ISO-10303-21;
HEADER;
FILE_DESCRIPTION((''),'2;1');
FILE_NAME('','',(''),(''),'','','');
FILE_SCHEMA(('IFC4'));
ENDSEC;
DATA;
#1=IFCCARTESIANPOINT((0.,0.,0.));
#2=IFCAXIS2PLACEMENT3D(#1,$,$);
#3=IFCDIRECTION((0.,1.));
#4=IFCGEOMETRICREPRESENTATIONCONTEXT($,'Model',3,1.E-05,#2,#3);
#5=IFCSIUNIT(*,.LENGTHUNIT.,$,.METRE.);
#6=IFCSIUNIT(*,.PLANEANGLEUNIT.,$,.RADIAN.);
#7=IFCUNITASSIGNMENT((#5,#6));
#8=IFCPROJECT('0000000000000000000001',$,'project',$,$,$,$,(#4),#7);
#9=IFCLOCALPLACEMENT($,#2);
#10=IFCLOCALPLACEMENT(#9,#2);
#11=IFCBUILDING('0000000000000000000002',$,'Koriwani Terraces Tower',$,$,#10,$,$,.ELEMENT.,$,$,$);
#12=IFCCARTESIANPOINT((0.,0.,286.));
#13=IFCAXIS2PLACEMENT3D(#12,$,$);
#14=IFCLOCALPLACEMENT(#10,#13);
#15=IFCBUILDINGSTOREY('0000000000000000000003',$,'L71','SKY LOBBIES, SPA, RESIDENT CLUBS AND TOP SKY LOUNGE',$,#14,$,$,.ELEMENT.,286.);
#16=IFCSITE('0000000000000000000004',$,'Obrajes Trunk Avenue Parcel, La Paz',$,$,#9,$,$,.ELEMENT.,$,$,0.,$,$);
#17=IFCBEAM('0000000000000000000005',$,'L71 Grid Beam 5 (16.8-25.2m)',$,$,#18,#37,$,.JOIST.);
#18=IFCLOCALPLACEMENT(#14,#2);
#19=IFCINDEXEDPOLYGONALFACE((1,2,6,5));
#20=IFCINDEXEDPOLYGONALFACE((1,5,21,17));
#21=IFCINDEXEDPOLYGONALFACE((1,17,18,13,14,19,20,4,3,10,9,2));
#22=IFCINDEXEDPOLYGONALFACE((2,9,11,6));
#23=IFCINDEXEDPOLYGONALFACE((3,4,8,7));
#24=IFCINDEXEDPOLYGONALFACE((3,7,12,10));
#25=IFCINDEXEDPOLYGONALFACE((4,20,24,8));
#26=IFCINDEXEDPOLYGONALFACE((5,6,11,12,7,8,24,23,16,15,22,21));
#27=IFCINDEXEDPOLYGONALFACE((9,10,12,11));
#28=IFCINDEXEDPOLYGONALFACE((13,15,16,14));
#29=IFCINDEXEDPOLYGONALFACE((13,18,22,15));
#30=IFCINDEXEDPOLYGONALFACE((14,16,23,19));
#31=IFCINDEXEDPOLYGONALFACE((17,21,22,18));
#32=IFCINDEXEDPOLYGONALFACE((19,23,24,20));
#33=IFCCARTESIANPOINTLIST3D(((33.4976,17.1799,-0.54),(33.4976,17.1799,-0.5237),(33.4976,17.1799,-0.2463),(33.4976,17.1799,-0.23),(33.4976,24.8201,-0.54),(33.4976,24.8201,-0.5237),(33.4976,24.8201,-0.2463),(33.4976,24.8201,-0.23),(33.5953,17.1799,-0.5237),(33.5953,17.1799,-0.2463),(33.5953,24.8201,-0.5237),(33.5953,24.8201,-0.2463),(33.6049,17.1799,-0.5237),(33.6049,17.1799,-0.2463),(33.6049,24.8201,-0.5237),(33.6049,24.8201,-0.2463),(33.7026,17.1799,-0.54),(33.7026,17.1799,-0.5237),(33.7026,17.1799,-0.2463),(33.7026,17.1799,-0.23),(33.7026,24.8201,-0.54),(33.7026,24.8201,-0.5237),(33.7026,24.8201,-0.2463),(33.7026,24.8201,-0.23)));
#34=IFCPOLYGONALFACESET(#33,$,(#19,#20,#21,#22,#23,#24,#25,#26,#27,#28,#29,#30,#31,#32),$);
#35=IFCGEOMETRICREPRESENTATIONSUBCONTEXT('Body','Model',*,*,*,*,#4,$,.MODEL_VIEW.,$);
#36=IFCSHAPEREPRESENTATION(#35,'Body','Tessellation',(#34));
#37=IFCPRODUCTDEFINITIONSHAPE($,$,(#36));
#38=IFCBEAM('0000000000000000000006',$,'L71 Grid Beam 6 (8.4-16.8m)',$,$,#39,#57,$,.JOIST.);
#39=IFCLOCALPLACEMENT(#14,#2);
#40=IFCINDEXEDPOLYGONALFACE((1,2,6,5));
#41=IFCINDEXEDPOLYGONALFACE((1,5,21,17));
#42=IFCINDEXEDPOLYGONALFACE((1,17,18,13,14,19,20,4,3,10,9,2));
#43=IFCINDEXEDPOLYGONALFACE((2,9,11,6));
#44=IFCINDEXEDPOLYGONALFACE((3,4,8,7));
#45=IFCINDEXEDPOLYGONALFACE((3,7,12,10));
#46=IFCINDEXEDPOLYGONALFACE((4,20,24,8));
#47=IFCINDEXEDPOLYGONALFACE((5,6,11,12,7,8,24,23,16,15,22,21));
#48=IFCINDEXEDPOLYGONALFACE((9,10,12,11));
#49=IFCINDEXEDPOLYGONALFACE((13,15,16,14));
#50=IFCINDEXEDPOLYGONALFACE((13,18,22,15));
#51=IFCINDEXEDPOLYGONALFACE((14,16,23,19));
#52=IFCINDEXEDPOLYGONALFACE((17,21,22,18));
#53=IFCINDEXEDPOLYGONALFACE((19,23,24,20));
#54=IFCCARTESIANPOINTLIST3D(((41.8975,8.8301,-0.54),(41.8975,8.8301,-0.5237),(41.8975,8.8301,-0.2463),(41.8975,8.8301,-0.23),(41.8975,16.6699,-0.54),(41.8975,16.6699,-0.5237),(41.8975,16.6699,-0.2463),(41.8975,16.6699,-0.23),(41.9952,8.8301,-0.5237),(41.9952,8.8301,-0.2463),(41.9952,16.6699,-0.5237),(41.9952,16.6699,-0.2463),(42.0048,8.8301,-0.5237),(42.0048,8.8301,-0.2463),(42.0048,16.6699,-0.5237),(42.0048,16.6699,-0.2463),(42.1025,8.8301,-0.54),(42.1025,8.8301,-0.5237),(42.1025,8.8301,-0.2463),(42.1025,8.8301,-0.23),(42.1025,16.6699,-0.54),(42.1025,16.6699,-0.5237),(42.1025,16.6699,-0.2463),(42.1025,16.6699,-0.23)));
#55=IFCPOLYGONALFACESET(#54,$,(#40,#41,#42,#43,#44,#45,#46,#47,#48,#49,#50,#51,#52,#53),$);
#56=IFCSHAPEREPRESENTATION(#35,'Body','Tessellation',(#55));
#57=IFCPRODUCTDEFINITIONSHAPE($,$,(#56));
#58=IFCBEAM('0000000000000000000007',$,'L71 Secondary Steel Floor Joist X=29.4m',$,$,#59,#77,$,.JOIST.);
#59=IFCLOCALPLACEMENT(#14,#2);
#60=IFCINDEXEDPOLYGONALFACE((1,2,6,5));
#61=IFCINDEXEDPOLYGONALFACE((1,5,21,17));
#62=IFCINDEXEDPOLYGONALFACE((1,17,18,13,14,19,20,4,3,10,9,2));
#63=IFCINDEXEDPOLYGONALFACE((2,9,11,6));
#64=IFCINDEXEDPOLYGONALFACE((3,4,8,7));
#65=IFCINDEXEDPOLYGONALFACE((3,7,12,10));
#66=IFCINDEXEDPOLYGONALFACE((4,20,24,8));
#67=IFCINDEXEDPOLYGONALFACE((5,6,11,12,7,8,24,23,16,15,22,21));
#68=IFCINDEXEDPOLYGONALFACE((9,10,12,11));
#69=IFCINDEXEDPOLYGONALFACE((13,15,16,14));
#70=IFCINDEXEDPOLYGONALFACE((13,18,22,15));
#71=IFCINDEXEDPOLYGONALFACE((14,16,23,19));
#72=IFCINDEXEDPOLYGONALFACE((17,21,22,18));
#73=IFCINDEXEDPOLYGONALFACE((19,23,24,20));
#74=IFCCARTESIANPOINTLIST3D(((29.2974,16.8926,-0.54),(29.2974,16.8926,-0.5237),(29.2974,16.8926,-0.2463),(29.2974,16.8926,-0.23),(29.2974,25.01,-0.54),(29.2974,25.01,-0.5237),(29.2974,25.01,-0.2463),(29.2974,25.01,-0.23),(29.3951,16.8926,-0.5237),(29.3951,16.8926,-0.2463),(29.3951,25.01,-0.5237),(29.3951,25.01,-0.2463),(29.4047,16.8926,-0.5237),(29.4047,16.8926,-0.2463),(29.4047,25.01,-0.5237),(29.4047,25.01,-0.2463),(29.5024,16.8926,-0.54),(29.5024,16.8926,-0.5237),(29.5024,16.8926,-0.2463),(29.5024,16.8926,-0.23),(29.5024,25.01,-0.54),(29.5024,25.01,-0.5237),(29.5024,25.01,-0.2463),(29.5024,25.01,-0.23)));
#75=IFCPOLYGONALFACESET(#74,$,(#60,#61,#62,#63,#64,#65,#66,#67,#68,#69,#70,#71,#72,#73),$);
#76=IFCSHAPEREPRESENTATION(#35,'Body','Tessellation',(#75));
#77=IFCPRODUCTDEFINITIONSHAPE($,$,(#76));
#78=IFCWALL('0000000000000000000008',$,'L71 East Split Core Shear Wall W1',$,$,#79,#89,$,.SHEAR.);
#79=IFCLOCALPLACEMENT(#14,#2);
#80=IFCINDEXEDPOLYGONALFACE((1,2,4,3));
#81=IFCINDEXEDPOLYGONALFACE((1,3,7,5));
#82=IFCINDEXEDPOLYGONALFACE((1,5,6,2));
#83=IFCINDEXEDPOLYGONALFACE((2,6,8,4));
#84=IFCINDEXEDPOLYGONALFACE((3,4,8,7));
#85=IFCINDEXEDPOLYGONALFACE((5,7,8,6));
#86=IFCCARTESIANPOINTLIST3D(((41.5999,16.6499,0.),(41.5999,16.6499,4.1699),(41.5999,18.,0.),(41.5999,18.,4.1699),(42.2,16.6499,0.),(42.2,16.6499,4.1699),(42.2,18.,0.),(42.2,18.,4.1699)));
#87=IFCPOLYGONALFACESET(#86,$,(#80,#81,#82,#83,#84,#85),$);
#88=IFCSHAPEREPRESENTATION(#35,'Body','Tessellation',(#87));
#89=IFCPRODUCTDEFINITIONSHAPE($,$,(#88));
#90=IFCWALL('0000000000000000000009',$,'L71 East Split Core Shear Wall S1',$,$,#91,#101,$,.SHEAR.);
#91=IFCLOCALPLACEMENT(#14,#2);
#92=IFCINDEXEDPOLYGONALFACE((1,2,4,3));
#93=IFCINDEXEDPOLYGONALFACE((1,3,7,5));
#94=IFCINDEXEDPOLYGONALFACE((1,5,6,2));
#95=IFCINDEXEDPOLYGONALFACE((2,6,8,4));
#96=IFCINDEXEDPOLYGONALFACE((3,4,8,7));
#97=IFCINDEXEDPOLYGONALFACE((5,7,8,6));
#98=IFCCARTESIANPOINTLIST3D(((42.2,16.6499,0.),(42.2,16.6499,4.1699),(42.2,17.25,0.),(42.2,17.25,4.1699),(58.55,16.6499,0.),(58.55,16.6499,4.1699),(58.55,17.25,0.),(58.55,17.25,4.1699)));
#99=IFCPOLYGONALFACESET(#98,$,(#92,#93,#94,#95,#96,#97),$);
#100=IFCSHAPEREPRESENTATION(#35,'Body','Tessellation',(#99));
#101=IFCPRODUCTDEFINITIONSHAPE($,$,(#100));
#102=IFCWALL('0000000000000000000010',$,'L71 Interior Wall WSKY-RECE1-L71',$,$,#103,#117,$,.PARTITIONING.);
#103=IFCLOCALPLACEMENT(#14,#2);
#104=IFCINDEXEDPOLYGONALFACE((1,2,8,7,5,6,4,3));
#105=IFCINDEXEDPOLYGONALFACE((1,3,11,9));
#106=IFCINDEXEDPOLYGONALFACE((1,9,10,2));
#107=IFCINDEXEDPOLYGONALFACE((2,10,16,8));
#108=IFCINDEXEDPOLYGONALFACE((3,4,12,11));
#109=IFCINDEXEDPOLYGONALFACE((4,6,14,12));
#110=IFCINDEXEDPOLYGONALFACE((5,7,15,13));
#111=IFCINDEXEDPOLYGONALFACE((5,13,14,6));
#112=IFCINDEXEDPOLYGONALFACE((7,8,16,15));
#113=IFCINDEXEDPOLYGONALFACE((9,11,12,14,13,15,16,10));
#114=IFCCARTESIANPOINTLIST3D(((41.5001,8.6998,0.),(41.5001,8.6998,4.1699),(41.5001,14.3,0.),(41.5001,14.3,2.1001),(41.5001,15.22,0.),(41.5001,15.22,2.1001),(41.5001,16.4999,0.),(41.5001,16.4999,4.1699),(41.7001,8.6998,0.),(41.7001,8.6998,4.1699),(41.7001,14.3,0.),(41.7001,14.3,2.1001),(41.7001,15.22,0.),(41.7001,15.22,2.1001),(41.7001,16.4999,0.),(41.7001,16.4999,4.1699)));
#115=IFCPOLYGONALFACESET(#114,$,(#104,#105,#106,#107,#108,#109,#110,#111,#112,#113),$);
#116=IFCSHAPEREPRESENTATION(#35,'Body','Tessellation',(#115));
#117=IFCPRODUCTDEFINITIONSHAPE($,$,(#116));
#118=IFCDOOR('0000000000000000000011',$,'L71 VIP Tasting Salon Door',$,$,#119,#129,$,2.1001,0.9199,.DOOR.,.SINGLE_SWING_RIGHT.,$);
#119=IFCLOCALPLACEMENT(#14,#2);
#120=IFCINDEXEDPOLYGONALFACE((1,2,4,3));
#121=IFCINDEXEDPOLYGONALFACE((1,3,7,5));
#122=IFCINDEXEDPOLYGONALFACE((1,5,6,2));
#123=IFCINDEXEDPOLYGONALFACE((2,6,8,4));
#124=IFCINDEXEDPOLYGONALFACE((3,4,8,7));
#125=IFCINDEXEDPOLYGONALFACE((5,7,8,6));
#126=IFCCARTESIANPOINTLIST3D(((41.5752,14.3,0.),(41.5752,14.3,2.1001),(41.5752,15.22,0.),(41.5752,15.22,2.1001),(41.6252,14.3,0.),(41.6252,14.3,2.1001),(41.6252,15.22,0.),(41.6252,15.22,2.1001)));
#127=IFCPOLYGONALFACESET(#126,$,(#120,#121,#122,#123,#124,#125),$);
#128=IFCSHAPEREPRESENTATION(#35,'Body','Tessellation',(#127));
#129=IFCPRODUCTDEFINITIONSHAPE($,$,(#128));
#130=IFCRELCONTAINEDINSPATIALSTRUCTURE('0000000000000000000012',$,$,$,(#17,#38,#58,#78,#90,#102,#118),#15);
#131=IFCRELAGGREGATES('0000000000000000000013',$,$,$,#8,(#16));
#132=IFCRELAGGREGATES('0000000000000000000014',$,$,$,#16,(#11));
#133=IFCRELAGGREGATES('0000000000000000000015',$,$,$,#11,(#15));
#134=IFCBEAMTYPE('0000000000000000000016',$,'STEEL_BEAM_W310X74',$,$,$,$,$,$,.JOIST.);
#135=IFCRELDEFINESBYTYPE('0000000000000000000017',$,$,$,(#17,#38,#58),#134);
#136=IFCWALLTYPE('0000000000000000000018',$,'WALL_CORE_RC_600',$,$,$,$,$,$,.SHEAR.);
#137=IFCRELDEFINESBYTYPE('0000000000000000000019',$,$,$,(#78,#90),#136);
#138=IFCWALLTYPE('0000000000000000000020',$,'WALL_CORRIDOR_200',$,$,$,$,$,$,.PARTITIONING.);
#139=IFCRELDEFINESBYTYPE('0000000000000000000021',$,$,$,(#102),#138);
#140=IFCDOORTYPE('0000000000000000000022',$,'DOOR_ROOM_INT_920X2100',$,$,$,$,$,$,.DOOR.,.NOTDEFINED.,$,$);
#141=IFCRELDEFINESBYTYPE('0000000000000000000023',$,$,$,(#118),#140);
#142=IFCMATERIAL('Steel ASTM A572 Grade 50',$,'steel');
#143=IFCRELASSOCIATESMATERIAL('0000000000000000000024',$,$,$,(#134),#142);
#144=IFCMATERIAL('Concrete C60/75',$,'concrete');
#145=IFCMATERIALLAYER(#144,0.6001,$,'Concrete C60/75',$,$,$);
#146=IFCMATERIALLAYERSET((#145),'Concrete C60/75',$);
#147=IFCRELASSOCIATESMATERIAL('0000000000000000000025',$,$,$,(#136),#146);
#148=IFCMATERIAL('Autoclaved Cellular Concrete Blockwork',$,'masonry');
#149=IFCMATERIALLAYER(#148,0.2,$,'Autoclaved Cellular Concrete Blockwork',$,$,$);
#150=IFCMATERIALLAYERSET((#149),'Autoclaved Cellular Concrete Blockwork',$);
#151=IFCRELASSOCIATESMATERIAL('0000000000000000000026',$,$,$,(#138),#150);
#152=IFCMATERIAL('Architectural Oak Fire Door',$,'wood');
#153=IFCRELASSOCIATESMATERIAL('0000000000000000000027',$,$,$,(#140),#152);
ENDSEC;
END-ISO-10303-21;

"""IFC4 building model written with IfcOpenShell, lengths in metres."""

from ifc_helpers import new_model, si_unit, direction, frame, frame_2d, origin, origin_2d, place, context, subcontext, project, spatial, rectangle, i_section, extrude, material, layer, layer_set, material_profile, profile_set, type_object, element, fill, save


model = new_model("IFC4")

# Units and contexts
model_context = context("Model", 3, precision=1e-05, world=origin(), true_north=direction((0.0, 1.0)))
body_context = subcontext(model_context, "Body", "Model", "MODEL_VIEW")
ifc_project = project(units=[si_unit("LENGTHUNIT", "METRE"), si_unit("PLANEANGLEUNIT", "RADIAN")], contexts=[model_context])

# Site, building, storey
site_placement = place(None, origin())
site = spatial("IfcSite", under=ifc_project, at=site_placement, Name="Obrajes Trunk Avenue Parcel, La Paz", CompositionType="ELEMENT", RefElevation=0.0)
building_placement = place(site_placement, origin())
building = spatial("IfcBuilding", under=site, at=building_placement, Name="Koriwani Terraces Tower", CompositionType="ELEMENT")
storey_placement = place(building_placement, frame((0.0, 0.0, 286.0)))
storey = spatial("IfcBuildingStorey", under=building, at=storey_placement, Name="L71", Description="SKY LOBBIES, SPA, RESIDENT CLUBS AND TOP SKY LOUNGE", CompositionType="ELEMENT", Elevation=286.0)

# Beams
ifc_material_1 = material(Name="Steel ASTM A572 Grade 50", Category="steel")
ifc_material_profile_1 = material_profile(ifc_material_1, i_section(OverallWidth=0.2051, OverallDepth=0.3101, WebThickness=0.0095, FlangeThickness=0.0164, at=origin_2d()), Name="Steel ASTM A572 Grade 50", Category="LoadBearing")
ifc_profile_set_1 = profile_set([ifc_material_profile_1], Name="Steel ASTM A572 Grade 50")
beam_type_1 = type_object("IfcBeamType", Name="STEEL_BEAM_W310X74", PredefinedType="JOIST", material=ifc_profile_set_1)
beam_1_placement = place(storey_placement, frame((33.6001, 17.1799, -0.385), z_axis=(0.0, 1.0, 0.0), x_axis=(-1.0, 0.0, 0.0)))
element("IfcBeam", 1, at=beam_1_placement, inside=storey, type_object=beam_type_1, Name="L71 Grid Beam 5 (16.8-25.2m)", PredefinedType="JOIST", context=body_context, shape_type="SweptSolid", body=[
    extrude(i_section(OverallWidth=0.2051, OverallDepth=0.3101, WebThickness=0.0095, FlangeThickness=0.0164, at=origin_2d()), origin(), (0.0, 0.0, 1.0), 7.6401),
])
beam_2_placement = place(storey_placement, frame((42.0, 8.8301, -0.385), z_axis=(0.0, 1.0, 0.0), x_axis=(-1.0, 0.0, 0.0)))
element("IfcBeam", 2, at=beam_2_placement, inside=storey, type_object=beam_type_1, Name="L71 Grid Beam 6 (8.4-16.8m)", PredefinedType="JOIST", context=body_context, shape_type="SweptSolid", body=[
    extrude(i_section(OverallWidth=0.2051, OverallDepth=0.3101, WebThickness=0.0095, FlangeThickness=0.0164, at=origin_2d()), origin(), (0.0, 0.0, 1.0), 7.8398),
])
beam_3_placement = place(storey_placement, frame((29.3999, 16.8926, -0.385), z_axis=(0.0, 1.0, 0.0), x_axis=(-1.0, 0.0, 0.0)))
element("IfcBeam", 3, at=beam_3_placement, inside=storey, type_object=beam_type_1, Name="L71 Secondary Steel Floor Joist X=29.4m", PredefinedType="JOIST", context=body_context, shape_type="SweptSolid", body=[
    extrude(i_section(OverallWidth=0.2051, OverallDepth=0.3101, WebThickness=0.0095, FlangeThickness=0.0164, at=origin_2d()), origin(), (0.0, 0.0, 1.0), 8.1174),
])

# Walls
ifc_material_2 = material(Name="Concrete C60/75", Category="concrete")
ifc_layer_1 = layer(ifc_material_2, 0.6001, Name="Concrete C60/75")
ifc_layer_set_1 = layer_set([ifc_layer_1], Name="Concrete C60/75")
wall_type_1 = type_object("IfcWallType", Name="WALL_CORE_RC_600", PredefinedType="SHEAR", material=ifc_layer_set_1)
wall_1_placement = place(storey_placement, frame((41.8999, 16.6499, 0.0), z_axis=(0.0, 0.0, 1.0), x_axis=(0.0, 1.0, 0.0)))
element("IfcWall", 4, at=wall_1_placement, inside=storey, type_object=wall_type_1, Name="L71 East Split Core Shear Wall W1", PredefinedType="SHEAR", context=body_context, shape_type="SweptSolid", body=[
    extrude(rectangle(XDim=1.3501, YDim=0.6001, at=frame_2d((0.675, 0.0))), origin(), (0.0, 0.0, 1.0), 4.1699),
])
wall_2_placement = place(storey_placement, frame((42.2, 16.95, 0.0), z_axis=(0.0, 0.0, 1.0), x_axis=(1.0, 0.0, 0.0)))
element("IfcWall", 5, at=wall_2_placement, inside=storey, type_object=wall_type_1, Name="L71 East Split Core Shear Wall S1", PredefinedType="SHEAR", context=body_context, shape_type="SweptSolid", body=[
    extrude(rectangle(XDim=16.3501, YDim=0.6001, at=frame_2d((8.175, 0.0))), origin(), (0.0, 0.0, 1.0), 4.1699),
])

# Wall, opening, door
ifc_material_3 = material(Name="Autoclaved Cellular Concrete Blockwork", Category="masonry")
ifc_layer_2 = layer(ifc_material_3, 0.2, Name="Autoclaved Cellular Concrete Blockwork")
ifc_layer_set_2 = layer_set([ifc_layer_2], Name="Autoclaved Cellular Concrete Blockwork")
wall_type_2 = type_object("IfcWallType", Name="WALL_CORRIDOR_200", PredefinedType="PARTITIONING", material=ifc_layer_set_2)
wall_3_placement = place(storey_placement, frame((41.6001, 8.7, 0.0), z_axis=(0.0, 0.0, 1.0), x_axis=(0.0, 1.0, 0.0)))
wall_3 = element("IfcWall", 6, at=wall_3_placement, inside=storey, type_object=wall_type_2, Name="L71 Interior Wall WSKY-RECE1-L71", PredefinedType="PARTITIONING", context=body_context, shape_type="SweptSolid", body=[
    extrude(rectangle(XDim=7.8, YDim=0.2, at=frame_2d((3.8999, 0.0))), origin(), (0.0, 0.0, 1.0), 4.1699),
])
opening_placement = place(wall_3_placement, frame((5.6001, 0.0, 0.0)))
opening = element("IfcOpeningElement", 7, at=opening_placement, cuts=wall_3, PredefinedType="OPENING", context=body_context, shape_type="SweptSolid", body=[
    extrude(rectangle(XDim=0.9199, YDim=2.1001, at=frame_2d((0.46, 1.05))), frame((0.0, 0.1099, 0.0), z_axis=(0.0, -1.0, 0.0), x_axis=(1.0, 0.0, 0.0)), (0.0, 0.0, 1.0), 0.22),
])
ifc_material_4 = material(Name="Architectural Oak Fire Door", Category="wood")
door_type = type_object("IfcDoorType", Name="DOOR_ROOM_INT_920X2100", OperationType="NOTDEFINED", PredefinedType="DOOR", material=ifc_material_4)
door_placement = place(opening_placement, origin())
door = element("IfcDoor", 8, at=door_placement, inside=storey, type_object=door_type, Name="L71 VIP Tasting Salon Door", OperationType="SINGLE_SWING_RIGHT", OverallHeight=2.1001, OverallWidth=0.9199, PredefinedType="DOOR", context=body_context, shape_type="SweptSolid", body=[
    extrude(rectangle(XDim=0.9199, YDim=2.1001, at=frame_2d((0.46, 1.05))), frame((0.0, 0.0249, 0.0), z_axis=(0.0, -1.0, 0.0), x_axis=(1.0, 0.0, 0.0)), (0.0, 0.0, 1.0), 0.05),
])
fill(opening, door)

save(model, "model.ifc")
